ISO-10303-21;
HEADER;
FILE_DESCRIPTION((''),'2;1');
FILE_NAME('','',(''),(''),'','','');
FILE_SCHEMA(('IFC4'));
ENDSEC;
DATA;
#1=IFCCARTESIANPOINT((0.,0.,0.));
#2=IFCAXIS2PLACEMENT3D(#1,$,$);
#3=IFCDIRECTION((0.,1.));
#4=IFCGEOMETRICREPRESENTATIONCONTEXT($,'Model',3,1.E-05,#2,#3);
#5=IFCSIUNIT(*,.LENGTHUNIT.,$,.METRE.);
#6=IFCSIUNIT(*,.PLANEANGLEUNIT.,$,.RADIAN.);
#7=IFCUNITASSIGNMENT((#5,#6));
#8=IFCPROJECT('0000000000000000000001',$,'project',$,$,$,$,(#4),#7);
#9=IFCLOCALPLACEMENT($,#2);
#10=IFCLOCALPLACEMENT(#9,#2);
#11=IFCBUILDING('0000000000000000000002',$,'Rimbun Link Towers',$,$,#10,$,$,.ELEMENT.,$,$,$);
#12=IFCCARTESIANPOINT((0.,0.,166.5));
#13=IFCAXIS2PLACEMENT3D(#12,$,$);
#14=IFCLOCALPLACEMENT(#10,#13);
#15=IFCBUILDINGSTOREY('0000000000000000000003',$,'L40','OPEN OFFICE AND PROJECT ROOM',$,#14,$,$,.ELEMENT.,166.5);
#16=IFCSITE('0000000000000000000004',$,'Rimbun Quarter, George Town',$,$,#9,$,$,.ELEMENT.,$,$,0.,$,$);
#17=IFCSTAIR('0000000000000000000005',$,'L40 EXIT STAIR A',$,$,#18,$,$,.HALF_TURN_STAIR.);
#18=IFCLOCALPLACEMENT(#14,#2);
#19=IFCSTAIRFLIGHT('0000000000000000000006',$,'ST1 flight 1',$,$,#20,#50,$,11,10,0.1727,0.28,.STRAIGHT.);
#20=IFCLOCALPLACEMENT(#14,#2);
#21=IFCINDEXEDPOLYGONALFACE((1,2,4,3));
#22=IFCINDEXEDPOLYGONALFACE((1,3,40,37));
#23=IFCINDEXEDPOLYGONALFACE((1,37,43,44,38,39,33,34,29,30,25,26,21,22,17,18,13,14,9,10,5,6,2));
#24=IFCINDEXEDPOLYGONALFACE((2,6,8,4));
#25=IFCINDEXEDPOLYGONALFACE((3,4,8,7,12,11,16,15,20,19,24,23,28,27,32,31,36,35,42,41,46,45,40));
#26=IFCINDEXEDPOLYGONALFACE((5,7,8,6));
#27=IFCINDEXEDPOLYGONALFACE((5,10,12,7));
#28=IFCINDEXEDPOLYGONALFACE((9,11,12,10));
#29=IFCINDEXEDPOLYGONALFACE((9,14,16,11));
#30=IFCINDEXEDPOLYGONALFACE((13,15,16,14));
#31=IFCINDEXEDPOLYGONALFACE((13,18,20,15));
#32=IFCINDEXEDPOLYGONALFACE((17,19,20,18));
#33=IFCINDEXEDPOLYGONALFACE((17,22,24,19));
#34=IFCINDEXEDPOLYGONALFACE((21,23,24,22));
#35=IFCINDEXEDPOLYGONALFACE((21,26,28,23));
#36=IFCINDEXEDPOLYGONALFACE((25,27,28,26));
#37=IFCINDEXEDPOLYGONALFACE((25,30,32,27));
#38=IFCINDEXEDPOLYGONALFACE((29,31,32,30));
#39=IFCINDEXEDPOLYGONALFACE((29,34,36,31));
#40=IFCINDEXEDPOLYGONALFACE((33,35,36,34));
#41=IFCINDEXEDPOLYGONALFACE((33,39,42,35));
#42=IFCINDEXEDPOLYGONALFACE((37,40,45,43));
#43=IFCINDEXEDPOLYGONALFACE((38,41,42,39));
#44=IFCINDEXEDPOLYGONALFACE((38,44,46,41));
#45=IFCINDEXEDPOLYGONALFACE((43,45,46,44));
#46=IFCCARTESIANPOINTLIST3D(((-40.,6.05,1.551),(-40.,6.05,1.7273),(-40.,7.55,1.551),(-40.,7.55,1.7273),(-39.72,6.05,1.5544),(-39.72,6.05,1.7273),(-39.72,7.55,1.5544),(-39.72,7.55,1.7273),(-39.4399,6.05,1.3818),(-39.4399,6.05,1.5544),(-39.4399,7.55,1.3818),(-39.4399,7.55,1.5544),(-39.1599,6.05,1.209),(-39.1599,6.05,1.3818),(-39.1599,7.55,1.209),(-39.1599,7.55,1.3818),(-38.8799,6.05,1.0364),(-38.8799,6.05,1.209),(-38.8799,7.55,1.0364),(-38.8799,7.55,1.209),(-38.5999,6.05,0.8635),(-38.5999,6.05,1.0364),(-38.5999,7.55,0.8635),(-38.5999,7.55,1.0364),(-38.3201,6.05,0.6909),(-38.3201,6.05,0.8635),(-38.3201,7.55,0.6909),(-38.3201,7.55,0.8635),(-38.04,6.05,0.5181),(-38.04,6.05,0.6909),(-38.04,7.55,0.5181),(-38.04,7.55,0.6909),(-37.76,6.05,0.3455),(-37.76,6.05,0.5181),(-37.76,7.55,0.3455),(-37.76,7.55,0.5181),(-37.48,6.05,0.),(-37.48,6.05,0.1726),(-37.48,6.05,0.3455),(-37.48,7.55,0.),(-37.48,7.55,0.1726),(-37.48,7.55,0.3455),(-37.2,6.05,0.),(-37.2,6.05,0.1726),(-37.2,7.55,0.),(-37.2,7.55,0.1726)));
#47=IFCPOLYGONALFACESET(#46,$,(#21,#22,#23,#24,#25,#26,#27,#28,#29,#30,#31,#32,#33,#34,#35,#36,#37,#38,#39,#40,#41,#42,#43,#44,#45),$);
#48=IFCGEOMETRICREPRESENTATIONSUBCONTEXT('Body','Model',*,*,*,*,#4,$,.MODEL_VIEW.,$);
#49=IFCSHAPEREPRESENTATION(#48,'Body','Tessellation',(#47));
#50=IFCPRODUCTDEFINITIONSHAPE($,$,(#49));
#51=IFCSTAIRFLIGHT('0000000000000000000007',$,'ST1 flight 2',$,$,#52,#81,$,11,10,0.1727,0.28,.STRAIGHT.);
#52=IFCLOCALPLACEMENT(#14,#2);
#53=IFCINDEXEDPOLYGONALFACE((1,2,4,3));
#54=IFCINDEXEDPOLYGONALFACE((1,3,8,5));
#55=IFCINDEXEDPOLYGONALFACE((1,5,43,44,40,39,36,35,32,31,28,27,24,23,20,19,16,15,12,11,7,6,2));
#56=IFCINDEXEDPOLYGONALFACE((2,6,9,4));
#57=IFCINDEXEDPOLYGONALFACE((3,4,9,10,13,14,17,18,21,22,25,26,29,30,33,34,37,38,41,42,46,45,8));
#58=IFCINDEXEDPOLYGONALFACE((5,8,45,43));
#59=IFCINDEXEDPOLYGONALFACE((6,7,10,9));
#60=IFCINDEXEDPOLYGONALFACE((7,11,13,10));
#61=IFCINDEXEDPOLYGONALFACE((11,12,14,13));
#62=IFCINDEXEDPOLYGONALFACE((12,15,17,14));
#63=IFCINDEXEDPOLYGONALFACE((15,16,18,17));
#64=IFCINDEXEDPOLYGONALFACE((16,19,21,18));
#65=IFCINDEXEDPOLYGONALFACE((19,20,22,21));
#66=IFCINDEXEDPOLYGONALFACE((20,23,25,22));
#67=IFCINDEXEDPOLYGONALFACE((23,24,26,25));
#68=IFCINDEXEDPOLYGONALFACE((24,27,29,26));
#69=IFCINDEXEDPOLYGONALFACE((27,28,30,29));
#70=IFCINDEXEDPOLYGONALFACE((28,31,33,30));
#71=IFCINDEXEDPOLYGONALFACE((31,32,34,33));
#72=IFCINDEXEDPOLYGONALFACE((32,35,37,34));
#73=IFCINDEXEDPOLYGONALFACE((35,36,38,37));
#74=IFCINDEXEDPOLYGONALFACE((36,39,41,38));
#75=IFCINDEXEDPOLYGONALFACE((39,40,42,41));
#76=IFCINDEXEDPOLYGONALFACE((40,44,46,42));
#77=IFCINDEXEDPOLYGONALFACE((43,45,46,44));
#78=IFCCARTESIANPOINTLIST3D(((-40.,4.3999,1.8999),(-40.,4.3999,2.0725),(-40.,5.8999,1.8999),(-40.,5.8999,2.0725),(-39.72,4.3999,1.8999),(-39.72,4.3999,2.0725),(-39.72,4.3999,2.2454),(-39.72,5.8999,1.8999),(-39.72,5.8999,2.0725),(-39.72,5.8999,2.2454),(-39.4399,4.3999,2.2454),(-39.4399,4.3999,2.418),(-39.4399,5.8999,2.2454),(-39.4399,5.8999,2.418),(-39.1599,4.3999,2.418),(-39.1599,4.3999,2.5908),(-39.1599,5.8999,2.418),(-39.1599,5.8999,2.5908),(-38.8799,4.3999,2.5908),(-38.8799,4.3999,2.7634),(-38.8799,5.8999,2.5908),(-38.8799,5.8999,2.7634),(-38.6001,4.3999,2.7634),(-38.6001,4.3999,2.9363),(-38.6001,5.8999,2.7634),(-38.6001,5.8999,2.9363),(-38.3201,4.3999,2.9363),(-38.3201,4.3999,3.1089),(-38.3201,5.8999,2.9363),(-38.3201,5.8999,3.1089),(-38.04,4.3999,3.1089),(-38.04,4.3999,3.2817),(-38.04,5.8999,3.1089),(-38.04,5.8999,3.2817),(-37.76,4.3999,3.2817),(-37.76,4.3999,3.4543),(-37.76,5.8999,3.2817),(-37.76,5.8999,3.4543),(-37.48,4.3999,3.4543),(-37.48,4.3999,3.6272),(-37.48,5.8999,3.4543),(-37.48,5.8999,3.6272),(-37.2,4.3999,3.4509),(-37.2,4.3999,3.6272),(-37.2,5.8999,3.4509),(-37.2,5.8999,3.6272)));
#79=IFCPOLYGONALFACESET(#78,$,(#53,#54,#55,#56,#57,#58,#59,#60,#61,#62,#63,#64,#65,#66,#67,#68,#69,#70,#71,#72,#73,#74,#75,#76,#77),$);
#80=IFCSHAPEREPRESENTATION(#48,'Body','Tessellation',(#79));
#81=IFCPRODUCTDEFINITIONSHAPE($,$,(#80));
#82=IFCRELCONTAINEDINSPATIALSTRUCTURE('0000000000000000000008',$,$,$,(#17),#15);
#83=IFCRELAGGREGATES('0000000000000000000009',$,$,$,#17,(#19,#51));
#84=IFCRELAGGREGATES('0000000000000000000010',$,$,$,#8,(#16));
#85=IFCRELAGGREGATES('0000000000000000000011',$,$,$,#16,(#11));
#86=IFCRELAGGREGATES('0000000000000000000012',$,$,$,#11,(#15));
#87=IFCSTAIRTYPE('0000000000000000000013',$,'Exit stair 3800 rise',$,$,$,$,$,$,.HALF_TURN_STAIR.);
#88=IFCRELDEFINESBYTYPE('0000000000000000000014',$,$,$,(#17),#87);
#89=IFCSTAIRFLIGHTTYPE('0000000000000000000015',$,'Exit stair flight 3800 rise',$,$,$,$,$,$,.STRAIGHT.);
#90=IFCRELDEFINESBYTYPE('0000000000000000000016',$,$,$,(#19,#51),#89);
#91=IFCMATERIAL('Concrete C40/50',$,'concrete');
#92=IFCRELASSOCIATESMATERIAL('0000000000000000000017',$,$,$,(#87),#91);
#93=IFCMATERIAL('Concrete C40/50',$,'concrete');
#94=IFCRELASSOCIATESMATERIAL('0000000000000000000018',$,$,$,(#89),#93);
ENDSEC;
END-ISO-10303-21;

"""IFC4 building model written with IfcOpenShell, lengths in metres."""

from ifc_helpers import new_model, si_unit, direction, frame, origin, place, context, subcontext, project, spatial, polyline, outline, extrude, material, type_object, element, aggregate, save


model = new_model("IFC4")

# Units and contexts
model_context = context("Model", 3, precision=1e-05, world=origin(), true_north=direction((0.0, 1.0)))
body_context = subcontext(model_context, "Body", "Model", "MODEL_VIEW")
ifc_project = project(units=[si_unit("LENGTHUNIT", "METRE"), si_unit("PLANEANGLEUNIT", "RADIAN")], contexts=[model_context])

# Site, building, storey
site_placement = place(None, origin())
site = spatial("IfcSite", under=ifc_project, at=site_placement, Name="Rimbun Quarter, George Town", CompositionType="ELEMENT", RefElevation=0.0)
building_placement = place(site_placement, origin())
building = spatial("IfcBuilding", under=site, at=building_placement, Name="Rimbun Link Towers", CompositionType="ELEMENT")
storey_placement = place(building_placement, frame((0.0, 0.0, 166.5)))
storey = spatial("IfcBuildingStorey", under=building, at=storey_placement, Name="L40", Description="OPEN OFFICE AND PROJECT ROOM", CompositionType="ELEMENT", Elevation=166.5)

# Stair, stair flights
ifc_material_1 = material(Name="Concrete C40/50", Category="concrete")
stair_type = type_object("IfcStairType", Name="Exit stair 3800 rise", PredefinedType="HALF_TURN_STAIR", material=ifc_material_1)
stair_placement = place(storey_placement, origin())
stair = element("IfcStair", 1, at=stair_placement, inside=storey, type_object=stair_type, Name="L40 EXIT STAIR A", PredefinedType="HALF_TURN_STAIR")
ifc_material_2 = material(Name="Concrete C40/50", Category="concrete")
stair_flight_type = type_object("IfcStairFlightType", Name="Exit stair flight 3800 rise", PredefinedType="STRAIGHT", material=ifc_material_2)
stair_flight_1_placement = place(storey_placement, frame((-37.2, 6.8, 0.0), z_axis=(0.0, 0.0, 1.0), x_axis=(-1.0, 0.0, 0.0)))
stair_flight_1 = element("IfcStairFlight", 2, at=stair_flight_1_placement, type_object=stair_flight_type, Name="ST1 flight 1", NumberOfRisers=11, NumberOfTreads=10, PredefinedType="STRAIGHT", RiserHeight=0.1727, TreadLength=0.28, context=body_context, shape_type="SweptSolid", body=[
    extrude(outline(polyline([(0.0, 0.0), (0.0, 0.1726), (0.28, 0.1726), (0.28, 0.3455), (0.5601, 0.3455), (0.5601, 0.5181), (0.8401, 0.5181), (0.8401, 0.6909), (1.1201, 0.6909), (1.1201, 0.8635), (1.3999, 0.8635), (1.3999, 1.0364), (1.6799, 1.0364), (1.6799, 1.209), (1.96, 1.209), (1.96, 1.3818), (2.24, 1.3818), (2.24, 1.5544), (2.52, 1.5544), (2.52, 1.7273), (2.8, 1.7273), (2.8, 1.8999), (2.8, 1.551), (0.28, 0.0), (0.0, 0.0)])), frame((0.0, 0.75, 0.0), z_axis=(0.0, -1.0, 0.0), x_axis=(1.0, 0.0, 0.0)), (0.0, 0.0, 1.0), 1.5),
])
stair_flight_2_placement = place(storey_placement, frame((-40.0, 5.1499, 1.8999), z_axis=(0.0, 0.0, 1.0), x_axis=(1.0, 0.0, 0.0)))
stair_flight_2 = element("IfcStairFlight", 3, at=stair_flight_2_placement, type_object=stair_flight_type, Name="ST1 flight 2", NumberOfRisers=11, NumberOfTreads=10, PredefinedType="STRAIGHT", RiserHeight=0.1727, TreadLength=0.28, context=body_context, shape_type="SweptSolid", body=[
    extrude(outline(polyline([(0.0, 0.0), (0.0, 0.1726), (0.28, 0.1726), (0.28, 0.3455), (0.5601, 0.3455), (0.5601, 0.5181), (0.8401, 0.5181), (0.8401, 0.6909), (1.1201, 0.6909), (1.1201, 0.8635), (1.3999, 0.8635), (1.3999, 1.0364), (1.6799, 1.0364), (1.6799, 1.209), (1.96, 1.209), (1.96, 1.3818), (2.24, 1.3818), (2.24, 1.5544), (2.52, 1.5544), (2.52, 1.7273), (2.8, 1.7273), (2.8, 1.8999), (2.8, 1.551), (0.28, 0.0), (0.0, 0.0)])), frame((0.0, 0.75, 0.0), z_axis=(0.0, -1.0, 0.0), x_axis=(1.0, 0.0, 0.0)), (0.0, 0.0, 1.0), 1.5),
])
aggregate(stair, [stair_flight_1, stair_flight_2])

save(model, "model.ifc")
